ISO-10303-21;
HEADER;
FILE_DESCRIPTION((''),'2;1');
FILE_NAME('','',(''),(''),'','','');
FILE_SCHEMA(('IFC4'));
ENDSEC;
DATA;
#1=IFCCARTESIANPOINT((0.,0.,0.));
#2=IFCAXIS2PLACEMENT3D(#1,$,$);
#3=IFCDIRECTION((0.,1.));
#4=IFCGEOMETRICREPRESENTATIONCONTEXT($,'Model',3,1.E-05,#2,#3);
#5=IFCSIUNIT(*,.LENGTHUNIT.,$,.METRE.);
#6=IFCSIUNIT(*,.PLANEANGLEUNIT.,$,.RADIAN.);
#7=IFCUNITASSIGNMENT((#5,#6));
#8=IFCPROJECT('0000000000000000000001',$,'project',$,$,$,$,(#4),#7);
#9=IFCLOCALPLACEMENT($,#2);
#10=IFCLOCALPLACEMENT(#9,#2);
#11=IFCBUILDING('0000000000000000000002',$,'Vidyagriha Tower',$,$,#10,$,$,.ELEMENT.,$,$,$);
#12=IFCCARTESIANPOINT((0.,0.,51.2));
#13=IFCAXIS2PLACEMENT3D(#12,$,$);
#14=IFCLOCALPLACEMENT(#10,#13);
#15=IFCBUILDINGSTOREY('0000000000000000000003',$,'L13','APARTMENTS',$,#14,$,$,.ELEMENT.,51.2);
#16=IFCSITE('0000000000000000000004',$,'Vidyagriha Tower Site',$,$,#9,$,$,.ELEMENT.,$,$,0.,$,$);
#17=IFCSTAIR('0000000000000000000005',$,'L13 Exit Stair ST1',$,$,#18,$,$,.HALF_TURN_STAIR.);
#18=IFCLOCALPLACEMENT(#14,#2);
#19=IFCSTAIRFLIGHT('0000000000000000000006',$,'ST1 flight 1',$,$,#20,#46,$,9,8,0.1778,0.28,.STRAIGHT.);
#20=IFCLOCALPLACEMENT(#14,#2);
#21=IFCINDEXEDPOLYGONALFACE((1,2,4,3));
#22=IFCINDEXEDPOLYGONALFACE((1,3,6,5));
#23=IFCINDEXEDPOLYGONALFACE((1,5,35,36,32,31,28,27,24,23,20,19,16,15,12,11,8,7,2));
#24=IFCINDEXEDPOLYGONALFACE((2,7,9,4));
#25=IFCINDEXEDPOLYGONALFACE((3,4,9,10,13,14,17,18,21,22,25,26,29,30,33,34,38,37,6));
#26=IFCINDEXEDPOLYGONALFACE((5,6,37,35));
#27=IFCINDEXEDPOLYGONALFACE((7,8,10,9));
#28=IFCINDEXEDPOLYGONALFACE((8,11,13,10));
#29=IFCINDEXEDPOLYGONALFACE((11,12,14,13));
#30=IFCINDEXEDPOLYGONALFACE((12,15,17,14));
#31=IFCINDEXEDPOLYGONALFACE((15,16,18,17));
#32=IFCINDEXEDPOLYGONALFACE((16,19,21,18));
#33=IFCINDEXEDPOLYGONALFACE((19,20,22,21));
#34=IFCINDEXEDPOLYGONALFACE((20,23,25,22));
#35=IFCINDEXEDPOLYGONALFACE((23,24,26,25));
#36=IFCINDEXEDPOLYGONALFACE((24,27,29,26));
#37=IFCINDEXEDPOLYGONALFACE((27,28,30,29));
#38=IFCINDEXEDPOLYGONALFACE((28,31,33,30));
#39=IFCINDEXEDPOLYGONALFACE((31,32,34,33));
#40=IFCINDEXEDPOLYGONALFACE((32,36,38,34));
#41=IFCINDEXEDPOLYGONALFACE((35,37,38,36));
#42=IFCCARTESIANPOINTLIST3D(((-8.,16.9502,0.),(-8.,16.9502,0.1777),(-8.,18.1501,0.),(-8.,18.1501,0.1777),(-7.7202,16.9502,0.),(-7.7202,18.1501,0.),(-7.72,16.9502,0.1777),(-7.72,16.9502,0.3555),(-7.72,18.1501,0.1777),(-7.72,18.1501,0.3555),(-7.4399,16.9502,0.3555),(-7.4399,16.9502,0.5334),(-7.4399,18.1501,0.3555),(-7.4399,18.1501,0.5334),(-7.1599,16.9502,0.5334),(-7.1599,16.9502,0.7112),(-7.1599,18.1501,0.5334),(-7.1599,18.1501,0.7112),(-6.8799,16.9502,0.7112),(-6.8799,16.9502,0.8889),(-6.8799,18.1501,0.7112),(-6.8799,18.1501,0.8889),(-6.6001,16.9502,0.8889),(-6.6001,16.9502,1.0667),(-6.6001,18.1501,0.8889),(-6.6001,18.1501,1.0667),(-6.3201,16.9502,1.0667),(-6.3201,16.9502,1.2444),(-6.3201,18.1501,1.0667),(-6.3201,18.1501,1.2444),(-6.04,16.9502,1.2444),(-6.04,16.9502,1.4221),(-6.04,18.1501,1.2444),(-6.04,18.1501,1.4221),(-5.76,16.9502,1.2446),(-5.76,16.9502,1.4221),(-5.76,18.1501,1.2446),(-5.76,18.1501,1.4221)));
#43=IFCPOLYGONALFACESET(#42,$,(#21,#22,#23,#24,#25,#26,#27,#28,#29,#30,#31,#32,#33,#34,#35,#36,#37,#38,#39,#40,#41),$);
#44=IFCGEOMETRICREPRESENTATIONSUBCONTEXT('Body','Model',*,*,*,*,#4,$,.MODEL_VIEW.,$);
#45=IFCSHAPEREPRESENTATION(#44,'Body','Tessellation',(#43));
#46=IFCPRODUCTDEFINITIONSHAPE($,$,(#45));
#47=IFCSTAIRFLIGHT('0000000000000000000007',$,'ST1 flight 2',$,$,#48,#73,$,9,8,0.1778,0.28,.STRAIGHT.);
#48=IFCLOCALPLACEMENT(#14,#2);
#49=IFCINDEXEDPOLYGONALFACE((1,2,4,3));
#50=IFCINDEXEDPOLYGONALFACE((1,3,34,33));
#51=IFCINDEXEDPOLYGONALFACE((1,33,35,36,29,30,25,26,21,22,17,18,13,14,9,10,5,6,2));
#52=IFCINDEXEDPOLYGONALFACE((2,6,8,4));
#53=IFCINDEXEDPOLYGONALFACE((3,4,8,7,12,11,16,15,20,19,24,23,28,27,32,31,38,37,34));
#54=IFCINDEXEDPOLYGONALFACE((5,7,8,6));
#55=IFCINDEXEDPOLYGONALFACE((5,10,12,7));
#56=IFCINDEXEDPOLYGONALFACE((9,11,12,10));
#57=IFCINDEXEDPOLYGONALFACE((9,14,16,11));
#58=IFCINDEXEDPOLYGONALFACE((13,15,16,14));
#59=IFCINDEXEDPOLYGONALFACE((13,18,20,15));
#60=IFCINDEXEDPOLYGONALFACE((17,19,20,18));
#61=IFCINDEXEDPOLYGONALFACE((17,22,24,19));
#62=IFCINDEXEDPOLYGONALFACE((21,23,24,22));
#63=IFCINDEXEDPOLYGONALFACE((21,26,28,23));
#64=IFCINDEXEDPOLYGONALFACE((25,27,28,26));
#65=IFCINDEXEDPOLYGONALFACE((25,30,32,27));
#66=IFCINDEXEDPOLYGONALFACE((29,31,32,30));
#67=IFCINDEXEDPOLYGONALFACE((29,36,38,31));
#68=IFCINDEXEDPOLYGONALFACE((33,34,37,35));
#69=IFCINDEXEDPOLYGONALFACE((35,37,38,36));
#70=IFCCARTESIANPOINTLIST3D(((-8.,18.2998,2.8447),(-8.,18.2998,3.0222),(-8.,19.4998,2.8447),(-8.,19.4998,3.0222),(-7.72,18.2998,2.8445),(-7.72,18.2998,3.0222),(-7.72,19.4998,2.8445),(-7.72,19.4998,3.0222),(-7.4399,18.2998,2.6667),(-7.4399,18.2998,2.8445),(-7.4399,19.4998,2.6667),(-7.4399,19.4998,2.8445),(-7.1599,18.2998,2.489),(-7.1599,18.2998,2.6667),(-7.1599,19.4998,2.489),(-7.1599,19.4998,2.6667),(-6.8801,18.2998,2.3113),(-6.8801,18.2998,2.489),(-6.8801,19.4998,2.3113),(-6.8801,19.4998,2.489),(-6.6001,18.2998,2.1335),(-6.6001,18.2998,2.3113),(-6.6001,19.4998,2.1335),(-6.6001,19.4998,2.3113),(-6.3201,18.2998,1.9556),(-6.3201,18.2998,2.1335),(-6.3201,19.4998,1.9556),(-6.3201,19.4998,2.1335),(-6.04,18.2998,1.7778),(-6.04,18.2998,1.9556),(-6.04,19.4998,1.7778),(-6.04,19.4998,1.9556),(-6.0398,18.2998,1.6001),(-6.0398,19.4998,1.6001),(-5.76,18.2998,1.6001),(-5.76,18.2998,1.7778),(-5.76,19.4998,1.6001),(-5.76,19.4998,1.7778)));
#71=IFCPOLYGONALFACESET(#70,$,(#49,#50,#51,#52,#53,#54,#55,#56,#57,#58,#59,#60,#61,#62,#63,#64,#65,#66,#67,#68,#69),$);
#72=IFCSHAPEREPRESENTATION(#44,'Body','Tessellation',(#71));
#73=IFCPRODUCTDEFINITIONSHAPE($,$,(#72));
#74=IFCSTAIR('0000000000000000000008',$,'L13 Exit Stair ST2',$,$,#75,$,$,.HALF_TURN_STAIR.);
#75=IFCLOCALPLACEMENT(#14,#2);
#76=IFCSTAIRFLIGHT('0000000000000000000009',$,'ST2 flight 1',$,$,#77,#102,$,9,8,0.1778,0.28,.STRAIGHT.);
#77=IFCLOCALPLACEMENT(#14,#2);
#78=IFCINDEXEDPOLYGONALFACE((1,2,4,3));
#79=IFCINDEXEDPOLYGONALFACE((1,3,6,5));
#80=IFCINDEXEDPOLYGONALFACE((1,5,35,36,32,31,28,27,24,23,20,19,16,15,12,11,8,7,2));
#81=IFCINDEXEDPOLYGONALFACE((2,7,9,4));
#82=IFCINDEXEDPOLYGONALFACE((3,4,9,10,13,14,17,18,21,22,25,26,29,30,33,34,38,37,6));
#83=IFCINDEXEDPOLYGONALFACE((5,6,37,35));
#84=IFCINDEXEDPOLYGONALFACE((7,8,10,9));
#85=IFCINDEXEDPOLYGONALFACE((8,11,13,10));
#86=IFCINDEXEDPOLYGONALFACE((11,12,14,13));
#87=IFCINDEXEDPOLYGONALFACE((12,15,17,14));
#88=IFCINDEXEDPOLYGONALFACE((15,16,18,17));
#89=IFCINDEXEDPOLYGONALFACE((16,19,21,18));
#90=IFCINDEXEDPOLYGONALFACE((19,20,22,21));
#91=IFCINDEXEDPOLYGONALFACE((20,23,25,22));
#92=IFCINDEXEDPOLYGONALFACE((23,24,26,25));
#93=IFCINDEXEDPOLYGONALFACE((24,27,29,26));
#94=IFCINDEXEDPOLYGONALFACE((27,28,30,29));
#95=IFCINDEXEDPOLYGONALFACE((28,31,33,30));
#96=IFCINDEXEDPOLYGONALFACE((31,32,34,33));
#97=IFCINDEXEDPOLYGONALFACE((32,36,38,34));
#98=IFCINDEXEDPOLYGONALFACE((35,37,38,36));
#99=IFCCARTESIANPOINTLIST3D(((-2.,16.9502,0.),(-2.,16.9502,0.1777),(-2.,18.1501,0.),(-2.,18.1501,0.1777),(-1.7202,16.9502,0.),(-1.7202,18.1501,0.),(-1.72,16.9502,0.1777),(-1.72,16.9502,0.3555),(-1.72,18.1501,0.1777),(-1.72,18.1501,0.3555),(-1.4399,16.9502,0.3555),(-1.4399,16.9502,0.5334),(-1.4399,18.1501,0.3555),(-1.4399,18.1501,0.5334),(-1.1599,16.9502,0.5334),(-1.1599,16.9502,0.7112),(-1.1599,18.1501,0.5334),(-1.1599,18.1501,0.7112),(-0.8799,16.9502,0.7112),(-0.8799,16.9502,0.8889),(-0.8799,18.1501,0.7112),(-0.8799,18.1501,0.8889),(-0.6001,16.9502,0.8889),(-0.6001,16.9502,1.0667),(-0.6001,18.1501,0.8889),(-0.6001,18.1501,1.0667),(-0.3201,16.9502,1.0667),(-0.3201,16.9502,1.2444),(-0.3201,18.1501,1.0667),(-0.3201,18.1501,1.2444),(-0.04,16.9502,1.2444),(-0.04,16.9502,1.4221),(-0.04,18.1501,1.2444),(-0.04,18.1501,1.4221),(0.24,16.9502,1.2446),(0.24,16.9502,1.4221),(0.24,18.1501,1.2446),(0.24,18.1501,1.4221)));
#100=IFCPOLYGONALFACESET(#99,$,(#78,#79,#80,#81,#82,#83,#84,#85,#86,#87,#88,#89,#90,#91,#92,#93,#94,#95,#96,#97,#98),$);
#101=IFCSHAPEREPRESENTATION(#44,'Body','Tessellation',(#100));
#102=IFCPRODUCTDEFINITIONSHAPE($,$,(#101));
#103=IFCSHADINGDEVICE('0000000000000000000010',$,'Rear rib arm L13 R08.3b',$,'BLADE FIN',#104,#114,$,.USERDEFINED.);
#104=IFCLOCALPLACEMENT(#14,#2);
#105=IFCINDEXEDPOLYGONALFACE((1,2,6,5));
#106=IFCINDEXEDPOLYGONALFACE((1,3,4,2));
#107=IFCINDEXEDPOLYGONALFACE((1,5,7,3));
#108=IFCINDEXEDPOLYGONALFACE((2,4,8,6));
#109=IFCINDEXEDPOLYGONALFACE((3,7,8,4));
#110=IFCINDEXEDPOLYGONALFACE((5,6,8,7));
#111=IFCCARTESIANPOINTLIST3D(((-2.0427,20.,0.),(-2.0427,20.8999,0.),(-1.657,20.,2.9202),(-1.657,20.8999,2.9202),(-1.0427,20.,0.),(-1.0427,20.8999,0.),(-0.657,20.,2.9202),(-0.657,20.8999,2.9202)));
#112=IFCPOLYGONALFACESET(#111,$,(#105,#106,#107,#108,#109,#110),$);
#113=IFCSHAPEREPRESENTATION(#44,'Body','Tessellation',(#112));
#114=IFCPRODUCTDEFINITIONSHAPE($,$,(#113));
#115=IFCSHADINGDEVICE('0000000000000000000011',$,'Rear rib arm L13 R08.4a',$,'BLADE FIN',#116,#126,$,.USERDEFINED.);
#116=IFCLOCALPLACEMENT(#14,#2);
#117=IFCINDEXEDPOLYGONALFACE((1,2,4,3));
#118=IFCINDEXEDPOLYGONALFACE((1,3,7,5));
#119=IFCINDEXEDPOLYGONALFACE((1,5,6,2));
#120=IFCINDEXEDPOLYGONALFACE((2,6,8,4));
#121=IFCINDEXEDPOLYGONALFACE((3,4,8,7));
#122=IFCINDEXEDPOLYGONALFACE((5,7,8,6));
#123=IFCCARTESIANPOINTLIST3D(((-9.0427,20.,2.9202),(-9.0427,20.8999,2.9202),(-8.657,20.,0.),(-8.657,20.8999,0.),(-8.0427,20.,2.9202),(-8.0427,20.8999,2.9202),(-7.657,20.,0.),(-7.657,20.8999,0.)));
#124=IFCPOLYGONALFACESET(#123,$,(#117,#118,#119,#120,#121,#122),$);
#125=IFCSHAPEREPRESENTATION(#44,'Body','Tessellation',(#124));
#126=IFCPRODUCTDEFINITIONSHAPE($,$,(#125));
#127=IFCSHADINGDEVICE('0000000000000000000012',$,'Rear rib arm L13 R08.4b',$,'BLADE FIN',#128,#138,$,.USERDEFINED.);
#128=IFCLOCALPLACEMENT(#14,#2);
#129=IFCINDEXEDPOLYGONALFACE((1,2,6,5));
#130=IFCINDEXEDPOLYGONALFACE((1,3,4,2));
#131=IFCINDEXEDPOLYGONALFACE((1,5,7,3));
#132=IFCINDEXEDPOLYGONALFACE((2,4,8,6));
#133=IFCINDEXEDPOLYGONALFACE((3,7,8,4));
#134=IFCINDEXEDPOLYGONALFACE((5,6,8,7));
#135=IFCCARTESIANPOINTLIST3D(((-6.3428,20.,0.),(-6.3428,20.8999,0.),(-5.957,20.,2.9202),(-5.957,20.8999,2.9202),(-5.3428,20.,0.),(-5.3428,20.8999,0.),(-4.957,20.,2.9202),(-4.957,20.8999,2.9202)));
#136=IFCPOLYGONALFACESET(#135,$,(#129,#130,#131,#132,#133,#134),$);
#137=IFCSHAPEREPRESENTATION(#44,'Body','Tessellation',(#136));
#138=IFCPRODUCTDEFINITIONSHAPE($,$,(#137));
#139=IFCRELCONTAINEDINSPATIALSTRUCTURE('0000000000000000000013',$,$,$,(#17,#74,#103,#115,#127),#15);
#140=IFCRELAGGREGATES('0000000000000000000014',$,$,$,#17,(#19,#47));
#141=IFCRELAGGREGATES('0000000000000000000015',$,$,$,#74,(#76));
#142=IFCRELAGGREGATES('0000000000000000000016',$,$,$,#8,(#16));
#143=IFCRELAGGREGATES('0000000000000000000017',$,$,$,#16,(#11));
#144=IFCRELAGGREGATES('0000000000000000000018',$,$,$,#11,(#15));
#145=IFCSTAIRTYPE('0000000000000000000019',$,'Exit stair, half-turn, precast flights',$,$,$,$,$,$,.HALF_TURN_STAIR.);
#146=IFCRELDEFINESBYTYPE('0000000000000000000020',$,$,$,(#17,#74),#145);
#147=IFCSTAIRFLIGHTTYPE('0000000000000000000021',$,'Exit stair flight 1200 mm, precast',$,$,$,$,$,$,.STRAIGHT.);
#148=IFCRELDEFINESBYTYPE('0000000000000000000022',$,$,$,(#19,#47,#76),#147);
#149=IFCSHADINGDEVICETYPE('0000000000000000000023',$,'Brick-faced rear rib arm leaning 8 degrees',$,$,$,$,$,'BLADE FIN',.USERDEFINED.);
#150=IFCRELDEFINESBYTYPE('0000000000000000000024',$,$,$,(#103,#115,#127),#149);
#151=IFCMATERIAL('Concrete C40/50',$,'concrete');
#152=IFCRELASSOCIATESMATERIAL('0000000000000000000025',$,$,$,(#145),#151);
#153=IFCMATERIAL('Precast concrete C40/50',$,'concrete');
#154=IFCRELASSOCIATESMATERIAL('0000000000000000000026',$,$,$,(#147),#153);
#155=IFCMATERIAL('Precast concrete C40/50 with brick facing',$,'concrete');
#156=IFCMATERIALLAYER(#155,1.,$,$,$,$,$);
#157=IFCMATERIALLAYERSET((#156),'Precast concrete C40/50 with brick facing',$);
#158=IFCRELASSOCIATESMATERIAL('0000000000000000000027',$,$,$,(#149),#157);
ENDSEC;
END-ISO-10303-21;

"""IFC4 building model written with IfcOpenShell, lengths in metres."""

from ifc_helpers import new_model, si_unit, direction, frame, origin, place, context, subcontext, project, spatial, polyline, outline, extrude, material, layer, layer_set, type_object, element, aggregate, save


model = new_model("IFC4")

# Units and contexts
model_context = context("Model", 3, precision=1e-05, world=origin(), true_north=direction((0.0, 1.0)))
body_context = subcontext(model_context, "Body", "Model", "MODEL_VIEW")
ifc_project = project(units=[si_unit("LENGTHUNIT", "METRE"), si_unit("PLANEANGLEUNIT", "RADIAN")], contexts=[model_context])

# Site, building, storey
site_placement = place(None, origin())
site = spatial("IfcSite", under=ifc_project, at=site_placement, Name="Vidyagriha Tower Site", CompositionType="ELEMENT", RefElevation=0.0)
building_placement = place(site_placement, origin())
building = spatial("IfcBuilding", under=site, at=building_placement, Name="Vidyagriha Tower", CompositionType="ELEMENT")
storey_placement = place(building_placement, frame((0.0, 0.0, 51.2)))
storey = spatial("IfcBuildingStorey", under=building, at=storey_placement, Name="L13", Description="APARTMENTS", CompositionType="ELEMENT", Elevation=51.2)

# Stair, stair flights
ifc_material_1 = material(Name="Concrete C40/50", Category="concrete")
stair_type = type_object("IfcStairType", Name="Exit stair, half-turn, precast flights", PredefinedType="HALF_TURN_STAIR", material=ifc_material_1)
stair_1_placement = place(storey_placement, origin())
stair_1 = element("IfcStair", 1, at=stair_1_placement, inside=storey, type_object=stair_type, Name="L13 Exit Stair ST1", PredefinedType="HALF_TURN_STAIR")
ifc_material_2 = material(Name="Precast concrete C40/50", Category="concrete")
stair_flight_type = type_object("IfcStairFlightType", Name="Exit stair flight 1200 mm, precast", PredefinedType="STRAIGHT", material=ifc_material_2)
stair_flight_1_placement = place(storey_placement, frame((-8.0, 17.55, 0.0)))
stair_flight_1 = element("IfcStairFlight", 2, at=stair_flight_1_placement, type_object=stair_flight_type, Name="ST1 flight 1", NumberOfRisers=9, NumberOfTreads=8, PredefinedType="STRAIGHT", RiserHeight=0.1778, TreadLength=0.28, context=body_context, shape_type="SweptSolid", body=[
    extrude(outline(polyline([(0.0, 0.0), (0.0, 0.1777), (0.28, 0.1777), (0.28, 0.3555), (0.5601, 0.3555), (0.5601, 0.5334), (0.8401, 0.5334), (0.8401, 0.7112), (1.1201, 0.7112), (1.1201, 0.8889), (1.3999, 0.8889), (1.3999, 1.0667), (1.6799, 1.0667), (1.6799, 1.2444), (1.96, 1.2444), (1.96, 1.4221), (2.24, 1.4221), (2.24, 1.6001), (2.24, 1.2446), (0.2798, 0.0), (0.0, 0.0)])), frame((0.0, 0.6001, 0.0), z_axis=(0.0, -1.0, 0.0), x_axis=(1.0, 0.0, 0.0)), (0.0, 0.0, 1.0), 1.2),
])
stair_flight_2_placement = place(storey_placement, frame((-5.76, 18.8999, 1.6001), z_axis=(0.0, 0.0, 1.0), x_axis=(-1.0, 0.0, 0.0)))
stair_flight_2 = element("IfcStairFlight", 3, at=stair_flight_2_placement, type_object=stair_flight_type, Name="ST1 flight 2", NumberOfRisers=9, NumberOfTreads=8, PredefinedType="STRAIGHT", RiserHeight=0.1778, TreadLength=0.28, context=body_context, shape_type="SweptSolid", body=[
    extrude(outline(polyline([(0.0, 0.0), (0.0, 0.1777), (0.28, 0.1777), (0.28, 0.3555), (0.5601, 0.3555), (0.5601, 0.5334), (0.8401, 0.5334), (0.8401, 0.7112), (1.1201, 0.7112), (1.1201, 0.8889), (1.3999, 0.8889), (1.3999, 1.0667), (1.6799, 1.0667), (1.6799, 1.2444), (1.96, 1.2444), (1.96, 1.4221), (2.24, 1.4221), (2.24, 1.6001), (2.24, 1.2446), (0.2798, 0.0), (0.0, 0.0)])), frame((0.0, 0.6001, 0.0), z_axis=(0.0, -1.0, 0.0), x_axis=(1.0, 0.0, 0.0)), (0.0, 0.0, 1.0), 1.2),
])
aggregate(stair_1, [stair_flight_1, stair_flight_2])

# Stair, stair flight
stair_2_placement = place(storey_placement, origin())
stair_2 = element("IfcStair", 4, at=stair_2_placement, inside=storey, type_object=stair_type, Name="L13 Exit Stair ST2", PredefinedType="HALF_TURN_STAIR")
stair_flight_3_placement = place(storey_placement, frame((-2.0, 17.55, 0.0)))
stair_flight_3 = element("IfcStairFlight", 5, at=stair_flight_3_placement, type_object=stair_flight_type, Name="ST2 flight 1", NumberOfRisers=9, NumberOfTreads=8, PredefinedType="STRAIGHT", RiserHeight=0.1778, TreadLength=0.28, context=body_context, shape_type="SweptSolid", body=[
    extrude(outline(polyline([(0.0, 0.0), (0.0, 0.1777), (0.28, 0.1777), (0.28, 0.3555), (0.5601, 0.3555), (0.5601, 0.5334), (0.8401, 0.5334), (0.8401, 0.7112), (1.1201, 0.7112), (1.1201, 0.8889), (1.3999, 0.8889), (1.3999, 1.0667), (1.6799, 1.0667), (1.6799, 1.2444), (1.96, 1.2444), (1.96, 1.4221), (2.24, 1.4221), (2.24, 1.6001), (2.24, 1.2446), (0.2798, 0.0), (0.0, 0.0)])), frame((0.0, 0.6001, 0.0), z_axis=(0.0, -1.0, 0.0), x_axis=(1.0, 0.0, 0.0)), (0.0, 0.0, 1.0), 1.2),
])
aggregate(stair_2, [stair_flight_3])

# Shading devices
ifc_material_3 = material(Name="Precast concrete C40/50 with brick facing", Category="concrete")
ifc_layer = layer(ifc_material_3, 1.0)
ifc_layer_set = layer_set([ifc_layer], Name="Precast concrete C40/50 with brick facing")
shading_device_type = type_object("IfcShadingDeviceType", Name="Brick-faced rear rib arm leaning 8 degrees", ElementType="BLADE FIN", PredefinedType="USERDEFINED", material=ifc_layer_set)
shading_device_1_placement = place(storey_placement, frame((-0.657, 20.45, 0.0), z_axis=(0.0, 0.0, 1.0), x_axis=(-1.0, 0.0, 0.0)))
element("IfcShadingDevice", 6, at=shading_device_1_placement, inside=storey, type_object=shading_device_type, Name="Rear rib arm L13 R08.3b", ObjectType="BLADE FIN", PredefinedType="USERDEFINED", context=body_context, shape_type="SweptSolid", body=[
    extrude(outline(polyline([(0.3857, 0.0), (1.3857, 0.0), (1.0, 2.9202), (0.0, 2.9202), (0.3857, 0.0)])), frame((0.0, 0.45, 0.0), z_axis=(0.0, -1.0, 0.0), x_axis=(1.0, 0.0, 0.0)), (0.0, 0.0, 1.0), 0.8999),
])
shading_device_2_placement = place(storey_placement, frame((-7.657, 20.45, 0.0), z_axis=(0.0, 0.0, 1.0), x_axis=(-1.0, 0.0, 0.0)))
element("IfcShadingDevice", 7, at=shading_device_2_placement, inside=storey, type_object=shading_device_type, Name="Rear rib arm L13 R08.4a", ObjectType="BLADE FIN", PredefinedType="USERDEFINED", context=body_context, shape_type="SweptSolid", body=[
    extrude(outline(polyline([(0.0, 0.0), (1.0, 0.0), (1.3857, 2.9202), (0.3857, 2.9202), (0.0, 0.0)])), frame((0.0, 0.45, 0.0), z_axis=(0.0, -1.0, 0.0), x_axis=(1.0, 0.0, 0.0)), (0.0, 0.0, 1.0), 0.8999),
])
shading_device_3_placement = place(storey_placement, frame((-4.957, 20.45, 0.0), z_axis=(0.0, 0.0, 1.0), x_axis=(-1.0, 0.0, 0.0)))
element("IfcShadingDevice", 8, at=shading_device_3_placement, inside=storey, type_object=shading_device_type, Name="Rear rib arm L13 R08.4b", ObjectType="BLADE FIN", PredefinedType="USERDEFINED", context=body_context, shape_type="SweptSolid", body=[
    extrude(outline(polyline([(0.3857, 0.0), (1.3857, 0.0), (1.0, 2.9202), (0.0, 2.9202), (0.3857, 0.0)])), frame((0.0, 0.45, 0.0), z_axis=(0.0, -1.0, 0.0), x_axis=(1.0, 0.0, 0.0)), (0.0, 0.0, 1.0), 0.8999),
])

save(model, "model.ifc")
